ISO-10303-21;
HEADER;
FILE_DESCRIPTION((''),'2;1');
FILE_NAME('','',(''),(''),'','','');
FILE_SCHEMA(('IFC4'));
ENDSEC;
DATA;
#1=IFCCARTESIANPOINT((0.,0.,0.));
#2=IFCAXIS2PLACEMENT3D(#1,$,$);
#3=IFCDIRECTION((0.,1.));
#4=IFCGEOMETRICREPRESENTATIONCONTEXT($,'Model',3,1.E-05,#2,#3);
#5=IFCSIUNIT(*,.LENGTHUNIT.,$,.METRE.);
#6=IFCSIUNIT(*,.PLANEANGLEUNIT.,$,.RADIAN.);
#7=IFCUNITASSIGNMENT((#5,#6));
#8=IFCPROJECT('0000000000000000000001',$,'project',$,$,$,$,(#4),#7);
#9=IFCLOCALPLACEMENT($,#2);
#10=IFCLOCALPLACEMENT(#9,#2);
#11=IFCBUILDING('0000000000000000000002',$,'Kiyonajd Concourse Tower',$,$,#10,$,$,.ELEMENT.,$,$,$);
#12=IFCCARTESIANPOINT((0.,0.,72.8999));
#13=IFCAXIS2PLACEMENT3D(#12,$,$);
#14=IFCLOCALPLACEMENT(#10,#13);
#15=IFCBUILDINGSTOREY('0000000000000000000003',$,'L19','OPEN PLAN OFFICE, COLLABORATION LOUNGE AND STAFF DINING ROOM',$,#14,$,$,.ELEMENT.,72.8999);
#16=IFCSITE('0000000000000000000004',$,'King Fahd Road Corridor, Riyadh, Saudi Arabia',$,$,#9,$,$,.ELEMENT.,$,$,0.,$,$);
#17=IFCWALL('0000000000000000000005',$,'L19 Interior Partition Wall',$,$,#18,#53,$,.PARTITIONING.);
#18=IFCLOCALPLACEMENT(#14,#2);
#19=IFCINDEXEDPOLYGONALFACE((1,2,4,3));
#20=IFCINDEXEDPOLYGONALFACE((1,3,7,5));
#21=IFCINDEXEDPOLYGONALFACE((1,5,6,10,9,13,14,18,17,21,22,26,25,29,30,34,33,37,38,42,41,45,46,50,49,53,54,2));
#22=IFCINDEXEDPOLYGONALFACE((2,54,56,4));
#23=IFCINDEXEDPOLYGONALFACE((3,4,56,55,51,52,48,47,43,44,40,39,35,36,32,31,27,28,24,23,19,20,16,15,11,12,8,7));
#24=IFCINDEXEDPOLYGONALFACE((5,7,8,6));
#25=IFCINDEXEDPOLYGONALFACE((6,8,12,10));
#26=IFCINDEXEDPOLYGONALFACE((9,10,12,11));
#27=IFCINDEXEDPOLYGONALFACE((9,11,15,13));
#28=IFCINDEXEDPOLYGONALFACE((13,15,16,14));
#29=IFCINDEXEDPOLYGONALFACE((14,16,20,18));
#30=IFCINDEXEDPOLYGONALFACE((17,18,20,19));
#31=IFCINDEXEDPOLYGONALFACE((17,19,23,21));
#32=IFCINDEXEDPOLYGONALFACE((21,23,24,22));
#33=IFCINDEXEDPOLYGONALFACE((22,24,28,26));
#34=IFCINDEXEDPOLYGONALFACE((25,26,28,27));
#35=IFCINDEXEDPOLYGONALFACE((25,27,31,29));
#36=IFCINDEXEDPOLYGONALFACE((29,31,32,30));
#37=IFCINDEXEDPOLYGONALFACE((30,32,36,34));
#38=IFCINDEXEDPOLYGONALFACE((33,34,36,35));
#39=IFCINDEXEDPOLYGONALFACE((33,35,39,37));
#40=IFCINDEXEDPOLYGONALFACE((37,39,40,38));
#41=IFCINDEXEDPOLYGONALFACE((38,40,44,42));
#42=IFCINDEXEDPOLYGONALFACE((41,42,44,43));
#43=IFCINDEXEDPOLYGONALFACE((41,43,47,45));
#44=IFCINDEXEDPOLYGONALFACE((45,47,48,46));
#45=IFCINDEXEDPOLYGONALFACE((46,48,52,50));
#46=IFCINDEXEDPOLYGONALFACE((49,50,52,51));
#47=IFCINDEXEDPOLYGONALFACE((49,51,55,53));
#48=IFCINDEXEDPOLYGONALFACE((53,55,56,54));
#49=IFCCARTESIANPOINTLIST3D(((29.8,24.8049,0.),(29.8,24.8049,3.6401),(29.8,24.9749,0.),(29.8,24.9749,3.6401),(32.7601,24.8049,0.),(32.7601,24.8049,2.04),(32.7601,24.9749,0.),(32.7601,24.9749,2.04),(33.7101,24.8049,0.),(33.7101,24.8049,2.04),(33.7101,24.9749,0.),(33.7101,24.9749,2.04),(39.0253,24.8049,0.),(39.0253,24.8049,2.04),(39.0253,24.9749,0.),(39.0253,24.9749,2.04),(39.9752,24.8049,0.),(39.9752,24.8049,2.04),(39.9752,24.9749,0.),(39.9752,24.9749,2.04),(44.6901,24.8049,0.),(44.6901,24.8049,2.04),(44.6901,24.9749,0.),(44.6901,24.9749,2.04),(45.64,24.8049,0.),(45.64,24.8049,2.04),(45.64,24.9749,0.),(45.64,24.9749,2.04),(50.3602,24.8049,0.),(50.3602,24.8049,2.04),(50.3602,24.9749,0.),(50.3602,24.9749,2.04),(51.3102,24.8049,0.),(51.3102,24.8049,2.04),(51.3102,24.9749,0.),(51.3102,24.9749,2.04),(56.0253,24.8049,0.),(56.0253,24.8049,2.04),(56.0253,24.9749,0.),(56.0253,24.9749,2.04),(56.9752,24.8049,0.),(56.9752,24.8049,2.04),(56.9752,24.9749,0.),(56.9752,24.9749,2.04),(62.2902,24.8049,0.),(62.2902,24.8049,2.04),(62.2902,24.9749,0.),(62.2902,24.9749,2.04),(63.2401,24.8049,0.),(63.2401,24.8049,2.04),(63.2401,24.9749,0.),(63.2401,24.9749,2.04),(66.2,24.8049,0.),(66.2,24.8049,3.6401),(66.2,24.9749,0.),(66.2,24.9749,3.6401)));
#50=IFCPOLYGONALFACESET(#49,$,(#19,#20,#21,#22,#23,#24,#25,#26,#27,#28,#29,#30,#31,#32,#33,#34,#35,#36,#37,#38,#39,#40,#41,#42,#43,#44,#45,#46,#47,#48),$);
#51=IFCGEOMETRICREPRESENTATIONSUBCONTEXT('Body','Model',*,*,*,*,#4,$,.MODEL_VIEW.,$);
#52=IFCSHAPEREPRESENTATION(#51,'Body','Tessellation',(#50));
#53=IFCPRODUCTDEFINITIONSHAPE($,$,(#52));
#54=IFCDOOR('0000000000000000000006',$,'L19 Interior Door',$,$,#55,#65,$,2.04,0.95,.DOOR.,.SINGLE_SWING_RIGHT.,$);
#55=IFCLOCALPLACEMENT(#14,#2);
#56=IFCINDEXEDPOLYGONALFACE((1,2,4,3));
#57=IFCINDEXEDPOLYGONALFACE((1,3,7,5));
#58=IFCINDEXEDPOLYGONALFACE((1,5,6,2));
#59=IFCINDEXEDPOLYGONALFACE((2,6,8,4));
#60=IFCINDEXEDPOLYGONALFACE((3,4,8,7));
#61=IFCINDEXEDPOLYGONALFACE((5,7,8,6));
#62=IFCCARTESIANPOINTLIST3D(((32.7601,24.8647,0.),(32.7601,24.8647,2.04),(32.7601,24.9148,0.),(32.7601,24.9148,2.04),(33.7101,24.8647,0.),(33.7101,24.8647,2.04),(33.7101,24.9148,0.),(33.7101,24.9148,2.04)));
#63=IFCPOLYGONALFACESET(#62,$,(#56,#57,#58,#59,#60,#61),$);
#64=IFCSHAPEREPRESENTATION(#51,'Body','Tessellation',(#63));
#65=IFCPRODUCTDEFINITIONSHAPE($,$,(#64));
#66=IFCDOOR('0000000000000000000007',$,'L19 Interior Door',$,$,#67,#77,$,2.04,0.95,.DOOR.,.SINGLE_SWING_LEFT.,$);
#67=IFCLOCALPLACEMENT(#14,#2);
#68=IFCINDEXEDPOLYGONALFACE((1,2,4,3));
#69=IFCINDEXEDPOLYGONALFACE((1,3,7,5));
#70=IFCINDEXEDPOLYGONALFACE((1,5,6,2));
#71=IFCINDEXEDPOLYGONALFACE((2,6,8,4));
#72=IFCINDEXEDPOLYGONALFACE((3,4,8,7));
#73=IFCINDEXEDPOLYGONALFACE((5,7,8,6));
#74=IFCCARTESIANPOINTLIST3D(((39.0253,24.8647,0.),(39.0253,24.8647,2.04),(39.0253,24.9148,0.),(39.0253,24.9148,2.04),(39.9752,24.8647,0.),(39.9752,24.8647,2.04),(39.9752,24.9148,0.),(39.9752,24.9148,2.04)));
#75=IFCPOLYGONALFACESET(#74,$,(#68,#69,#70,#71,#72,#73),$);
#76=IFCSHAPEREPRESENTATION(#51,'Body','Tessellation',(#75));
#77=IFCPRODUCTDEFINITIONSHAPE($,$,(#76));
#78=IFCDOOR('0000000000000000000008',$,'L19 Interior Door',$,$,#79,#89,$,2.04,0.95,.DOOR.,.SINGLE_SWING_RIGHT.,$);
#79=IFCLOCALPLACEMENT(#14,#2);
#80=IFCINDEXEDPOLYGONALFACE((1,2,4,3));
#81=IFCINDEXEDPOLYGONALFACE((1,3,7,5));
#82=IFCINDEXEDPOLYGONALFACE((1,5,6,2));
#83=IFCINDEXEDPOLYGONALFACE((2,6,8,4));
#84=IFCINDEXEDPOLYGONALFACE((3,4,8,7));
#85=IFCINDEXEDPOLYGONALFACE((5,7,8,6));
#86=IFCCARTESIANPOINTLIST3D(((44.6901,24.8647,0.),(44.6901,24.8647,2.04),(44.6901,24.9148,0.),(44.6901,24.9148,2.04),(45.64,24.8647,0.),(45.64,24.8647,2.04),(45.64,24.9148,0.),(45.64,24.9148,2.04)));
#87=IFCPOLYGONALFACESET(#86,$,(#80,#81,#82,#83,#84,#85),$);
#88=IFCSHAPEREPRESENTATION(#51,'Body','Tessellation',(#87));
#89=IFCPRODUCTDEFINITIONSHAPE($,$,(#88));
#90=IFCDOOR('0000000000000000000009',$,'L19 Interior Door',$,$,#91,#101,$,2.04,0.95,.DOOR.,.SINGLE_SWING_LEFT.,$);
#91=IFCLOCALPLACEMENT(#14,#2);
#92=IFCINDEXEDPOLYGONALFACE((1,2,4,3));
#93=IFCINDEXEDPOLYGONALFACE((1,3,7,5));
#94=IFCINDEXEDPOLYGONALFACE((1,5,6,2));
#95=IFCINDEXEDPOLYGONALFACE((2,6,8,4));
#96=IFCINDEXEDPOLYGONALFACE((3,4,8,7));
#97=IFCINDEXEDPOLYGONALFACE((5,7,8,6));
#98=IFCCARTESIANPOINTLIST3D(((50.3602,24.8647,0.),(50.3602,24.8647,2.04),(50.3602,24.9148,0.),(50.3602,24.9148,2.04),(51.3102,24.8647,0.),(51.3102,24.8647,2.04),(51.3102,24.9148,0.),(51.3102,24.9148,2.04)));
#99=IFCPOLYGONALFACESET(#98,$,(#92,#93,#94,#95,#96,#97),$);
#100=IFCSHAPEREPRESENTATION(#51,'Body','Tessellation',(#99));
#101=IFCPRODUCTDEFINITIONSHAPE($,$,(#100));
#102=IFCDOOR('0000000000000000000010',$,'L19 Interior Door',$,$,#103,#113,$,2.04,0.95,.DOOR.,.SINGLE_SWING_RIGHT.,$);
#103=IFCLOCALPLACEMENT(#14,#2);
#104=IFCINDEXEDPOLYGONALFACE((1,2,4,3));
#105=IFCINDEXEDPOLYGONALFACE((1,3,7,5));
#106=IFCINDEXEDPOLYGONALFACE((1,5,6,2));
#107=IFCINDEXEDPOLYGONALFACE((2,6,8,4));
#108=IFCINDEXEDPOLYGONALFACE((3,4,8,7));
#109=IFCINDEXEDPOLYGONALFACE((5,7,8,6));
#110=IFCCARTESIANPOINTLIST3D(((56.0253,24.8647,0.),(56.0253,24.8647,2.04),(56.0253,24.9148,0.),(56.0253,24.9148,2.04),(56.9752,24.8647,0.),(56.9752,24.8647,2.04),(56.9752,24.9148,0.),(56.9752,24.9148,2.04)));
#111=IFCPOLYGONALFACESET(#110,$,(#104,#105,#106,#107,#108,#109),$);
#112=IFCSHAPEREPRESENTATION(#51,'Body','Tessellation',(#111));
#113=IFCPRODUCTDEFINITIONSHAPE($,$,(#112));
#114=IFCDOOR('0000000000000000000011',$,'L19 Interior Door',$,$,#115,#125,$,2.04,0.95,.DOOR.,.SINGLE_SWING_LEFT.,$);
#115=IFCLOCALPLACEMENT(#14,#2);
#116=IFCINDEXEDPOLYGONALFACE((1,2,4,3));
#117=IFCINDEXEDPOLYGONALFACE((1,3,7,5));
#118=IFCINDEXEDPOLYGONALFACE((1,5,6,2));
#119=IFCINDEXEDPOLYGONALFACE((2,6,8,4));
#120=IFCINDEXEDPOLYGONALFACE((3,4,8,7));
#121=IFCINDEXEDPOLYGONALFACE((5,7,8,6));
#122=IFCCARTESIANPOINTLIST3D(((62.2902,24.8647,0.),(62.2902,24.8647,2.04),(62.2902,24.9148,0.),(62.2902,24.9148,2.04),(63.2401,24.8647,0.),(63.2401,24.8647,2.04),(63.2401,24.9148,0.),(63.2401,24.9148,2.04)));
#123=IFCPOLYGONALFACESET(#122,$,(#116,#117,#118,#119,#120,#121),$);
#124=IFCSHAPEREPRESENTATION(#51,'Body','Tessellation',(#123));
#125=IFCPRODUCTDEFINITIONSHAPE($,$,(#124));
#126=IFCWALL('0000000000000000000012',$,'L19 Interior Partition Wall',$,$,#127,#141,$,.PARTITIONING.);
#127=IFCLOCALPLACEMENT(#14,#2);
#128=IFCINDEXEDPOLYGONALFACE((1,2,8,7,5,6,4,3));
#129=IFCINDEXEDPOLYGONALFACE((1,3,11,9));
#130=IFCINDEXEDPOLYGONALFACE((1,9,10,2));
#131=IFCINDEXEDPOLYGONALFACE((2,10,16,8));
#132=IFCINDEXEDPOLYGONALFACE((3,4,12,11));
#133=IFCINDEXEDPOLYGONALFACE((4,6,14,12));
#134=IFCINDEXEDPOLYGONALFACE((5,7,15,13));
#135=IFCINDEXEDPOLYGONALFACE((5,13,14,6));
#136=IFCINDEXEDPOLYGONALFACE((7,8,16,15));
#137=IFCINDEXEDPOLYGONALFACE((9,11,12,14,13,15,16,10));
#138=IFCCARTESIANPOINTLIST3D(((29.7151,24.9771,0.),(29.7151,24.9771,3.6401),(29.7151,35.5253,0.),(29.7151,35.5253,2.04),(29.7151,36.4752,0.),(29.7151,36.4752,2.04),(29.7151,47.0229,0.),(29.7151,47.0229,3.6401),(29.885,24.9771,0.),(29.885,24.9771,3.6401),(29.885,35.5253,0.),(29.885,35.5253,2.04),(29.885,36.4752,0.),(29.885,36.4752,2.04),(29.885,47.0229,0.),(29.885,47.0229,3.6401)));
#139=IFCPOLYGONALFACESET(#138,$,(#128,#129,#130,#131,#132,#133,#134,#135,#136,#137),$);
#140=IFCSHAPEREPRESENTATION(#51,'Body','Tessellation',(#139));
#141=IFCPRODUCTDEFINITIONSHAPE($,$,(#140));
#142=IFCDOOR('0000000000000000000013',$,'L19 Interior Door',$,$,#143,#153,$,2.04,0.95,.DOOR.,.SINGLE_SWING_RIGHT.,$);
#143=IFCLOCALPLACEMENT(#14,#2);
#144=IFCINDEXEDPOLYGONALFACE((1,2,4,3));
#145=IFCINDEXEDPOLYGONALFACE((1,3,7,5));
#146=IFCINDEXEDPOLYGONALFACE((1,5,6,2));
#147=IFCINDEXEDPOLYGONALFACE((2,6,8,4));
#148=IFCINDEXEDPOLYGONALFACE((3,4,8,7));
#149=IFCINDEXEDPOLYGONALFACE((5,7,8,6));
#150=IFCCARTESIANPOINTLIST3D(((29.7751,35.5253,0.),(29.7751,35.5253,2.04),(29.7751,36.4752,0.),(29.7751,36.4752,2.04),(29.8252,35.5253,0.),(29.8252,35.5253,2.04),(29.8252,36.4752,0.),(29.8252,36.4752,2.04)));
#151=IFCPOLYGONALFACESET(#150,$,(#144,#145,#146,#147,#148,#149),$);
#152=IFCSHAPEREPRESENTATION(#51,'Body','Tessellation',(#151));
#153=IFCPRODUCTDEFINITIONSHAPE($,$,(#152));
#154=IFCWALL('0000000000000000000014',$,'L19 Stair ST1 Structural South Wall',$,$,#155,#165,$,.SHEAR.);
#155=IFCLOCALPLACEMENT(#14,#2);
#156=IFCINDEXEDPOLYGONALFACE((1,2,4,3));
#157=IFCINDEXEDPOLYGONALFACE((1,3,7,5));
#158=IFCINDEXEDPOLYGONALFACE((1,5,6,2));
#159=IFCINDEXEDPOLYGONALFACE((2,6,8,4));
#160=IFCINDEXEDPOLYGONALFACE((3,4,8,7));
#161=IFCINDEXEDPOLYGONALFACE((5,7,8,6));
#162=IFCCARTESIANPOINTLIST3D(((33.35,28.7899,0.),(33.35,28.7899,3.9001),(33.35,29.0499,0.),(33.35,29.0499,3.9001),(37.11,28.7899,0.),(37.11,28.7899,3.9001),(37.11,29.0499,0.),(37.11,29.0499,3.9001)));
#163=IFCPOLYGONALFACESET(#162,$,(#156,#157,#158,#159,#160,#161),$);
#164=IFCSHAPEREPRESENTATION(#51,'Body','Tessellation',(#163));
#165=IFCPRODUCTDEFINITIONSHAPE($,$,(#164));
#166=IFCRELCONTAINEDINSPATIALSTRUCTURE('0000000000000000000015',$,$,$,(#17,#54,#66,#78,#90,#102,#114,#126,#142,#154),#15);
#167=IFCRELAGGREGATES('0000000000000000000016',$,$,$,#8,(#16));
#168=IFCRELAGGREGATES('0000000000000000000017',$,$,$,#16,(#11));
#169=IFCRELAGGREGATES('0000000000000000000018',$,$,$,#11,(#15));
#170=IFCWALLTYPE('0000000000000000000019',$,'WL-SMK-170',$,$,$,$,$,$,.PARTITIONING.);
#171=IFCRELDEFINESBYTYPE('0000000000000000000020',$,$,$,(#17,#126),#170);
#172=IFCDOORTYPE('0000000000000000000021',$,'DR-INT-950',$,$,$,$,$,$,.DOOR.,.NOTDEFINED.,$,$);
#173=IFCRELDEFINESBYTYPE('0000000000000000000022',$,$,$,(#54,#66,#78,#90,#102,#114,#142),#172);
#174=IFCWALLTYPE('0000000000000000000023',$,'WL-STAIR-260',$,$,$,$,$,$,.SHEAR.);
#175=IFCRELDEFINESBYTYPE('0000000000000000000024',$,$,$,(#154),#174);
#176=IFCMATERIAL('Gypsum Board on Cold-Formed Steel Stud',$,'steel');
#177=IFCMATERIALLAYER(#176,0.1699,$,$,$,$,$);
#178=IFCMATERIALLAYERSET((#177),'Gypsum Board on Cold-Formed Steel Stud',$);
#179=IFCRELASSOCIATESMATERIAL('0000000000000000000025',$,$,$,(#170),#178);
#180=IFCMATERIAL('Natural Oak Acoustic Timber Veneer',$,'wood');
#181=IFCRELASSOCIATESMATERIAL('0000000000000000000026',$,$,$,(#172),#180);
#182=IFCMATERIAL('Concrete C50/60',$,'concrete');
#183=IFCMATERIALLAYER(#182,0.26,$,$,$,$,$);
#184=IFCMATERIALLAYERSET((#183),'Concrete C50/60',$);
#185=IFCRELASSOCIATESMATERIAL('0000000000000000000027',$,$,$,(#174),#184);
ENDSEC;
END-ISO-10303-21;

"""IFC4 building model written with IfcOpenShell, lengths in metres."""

from ifc_helpers import new_model, si_unit, direction, frame, frame_2d, origin, place, context, subcontext, project, spatial, rectangle, extrude, material, layer, layer_set, type_object, element, fill, save


model = new_model("IFC4")

# Units and contexts
model_context = context("Model", 3, precision=1e-05, world=origin(), true_north=direction((0.0, 1.0)))
body_context = subcontext(model_context, "Body", "Model", "MODEL_VIEW")
ifc_project = project(units=[si_unit("LENGTHUNIT", "METRE"), si_unit("PLANEANGLEUNIT", "RADIAN")], contexts=[model_context])

# Site, building, storey
site_placement = place(None, origin())
site = spatial("IfcSite", under=ifc_project, at=site_placement, Name="King Fahd Road Corridor, Riyadh, Saudi Arabia", CompositionType="ELEMENT", RefElevation=0.0)
building_placement = place(site_placement, origin())
building = spatial("IfcBuilding", under=site, at=building_placement, Name="Kiyonajd Concourse Tower", CompositionType="ELEMENT")
storey_placement = place(building_placement, frame((0.0, 0.0, 72.8999)))
storey = spatial("IfcBuildingStorey", under=building, at=storey_placement, Name="L19", Description="OPEN PLAN OFFICE, COLLABORATION LOUNGE AND STAFF DINING ROOM", CompositionType="ELEMENT", Elevation=72.8999)

# Shared definitions
ifc_material_1 = material(Name="Concrete C50/60", Category="concrete")

# Wall, openings, doors
ifc_material_2 = material(Name="Gypsum Board on Cold-Formed Steel Stud", Category="steel")
ifc_layer_1 = layer(ifc_material_2, 0.1699)
ifc_layer_set_1 = layer_set([ifc_layer_1], Name="Gypsum Board on Cold-Formed Steel Stud")
wall_type_1 = type_object("IfcWallType", Name="WL-SMK-170", PredefinedType="PARTITIONING", material=ifc_layer_set_1)
wall_1_placement = place(storey_placement, frame((29.8, 24.8899, 0.0), z_axis=(0.0, 0.0, 1.0), x_axis=(1.0, 0.0, 0.0)))
wall_1 = element("IfcWall", 1, at=wall_1_placement, inside=storey, type_object=wall_type_1, Name="L19 Interior Partition Wall", PredefinedType="PARTITIONING", context=body_context, shape_type="SweptSolid", body=[
    extrude(rectangle(XDim=36.3999, YDim=0.1699, at=frame_2d((18.2, 0.0))), origin(), (0.0, 0.0, 1.0), 3.6401),
])
opening_1_placement = place(wall_1_placement, frame((2.96, 0.0, 0.0)))
opening_1 = element("IfcOpeningElement", 2, at=opening_1_placement, cuts=wall_1, PredefinedType="OPENING", context=body_context, shape_type="SweptSolid", body=[
    extrude(rectangle(XDim=0.95, YDim=2.04, at=frame_2d((0.4751, 1.02))), frame((0.0, 0.095, 0.0), z_axis=(0.0, -1.0, 0.0), x_axis=(1.0, 0.0, 0.0)), (0.0, 0.0, 1.0), 0.1899),
])
opening_2_placement = place(wall_1_placement, frame((9.2251, 0.0, 0.0)))
opening_2 = element("IfcOpeningElement", 3, at=opening_2_placement, cuts=wall_1, PredefinedType="OPENING", context=body_context, shape_type="SweptSolid", body=[
    extrude(rectangle(XDim=0.95, YDim=2.04, at=frame_2d((0.4751, 1.02))), frame((0.0, 0.095, 0.0), z_axis=(0.0, -1.0, 0.0), x_axis=(1.0, 0.0, 0.0)), (0.0, 0.0, 1.0), 0.1899),
])
opening_3_placement = place(wall_1_placement, frame((14.8899, 0.0, 0.0)))
opening_3 = element("IfcOpeningElement", 4, at=opening_3_placement, cuts=wall_1, PredefinedType="OPENING", context=body_context, shape_type="SweptSolid", body=[
    extrude(rectangle(XDim=0.95, YDim=2.04, at=frame_2d((0.4751, 1.02))), frame((0.0, 0.095, 0.0), z_axis=(0.0, -1.0, 0.0), x_axis=(1.0, 0.0, 0.0)), (0.0, 0.0, 1.0), 0.1899),
])
opening_4_placement = place(wall_1_placement, frame((20.5601, 0.0, 0.0)))
opening_4 = element("IfcOpeningElement", 5, at=opening_4_placement, cuts=wall_1, PredefinedType="OPENING", context=body_context, shape_type="SweptSolid", body=[
    extrude(rectangle(XDim=0.95, YDim=2.04, at=frame_2d((0.4751, 1.02))), frame((0.0, 0.095, 0.0), z_axis=(0.0, -1.0, 0.0), x_axis=(1.0, 0.0, 0.0)), (0.0, 0.0, 1.0), 0.1899),
])
opening_5_placement = place(wall_1_placement, frame((26.2251, 0.0, 0.0)))
opening_5 = element("IfcOpeningElement", 6, at=opening_5_placement, cuts=wall_1, PredefinedType="OPENING", context=body_context, shape_type="SweptSolid", body=[
    extrude(rectangle(XDim=0.95, YDim=2.04, at=frame_2d((0.4751, 1.02))), frame((0.0, 0.095, 0.0), z_axis=(0.0, -1.0, 0.0), x_axis=(1.0, 0.0, 0.0)), (0.0, 0.0, 1.0), 0.1899),
])
opening_6_placement = place(wall_1_placement, frame((32.49, 0.0, 0.0)))
opening_6 = element("IfcOpeningElement", 7, at=opening_6_placement, cuts=wall_1, PredefinedType="OPENING", context=body_context, shape_type="SweptSolid", body=[
    extrude(rectangle(XDim=0.95, YDim=2.04, at=frame_2d((0.4751, 1.02))), frame((0.0, 0.095, 0.0), z_axis=(0.0, -1.0, 0.0), x_axis=(1.0, 0.0, 0.0)), (0.0, 0.0, 1.0), 0.1899),
])
ifc_material_3 = material(Name="Natural Oak Acoustic Timber Veneer", Category="wood")
door_type_1 = type_object("IfcDoorType", Name="DR-INT-950", OperationType="NOTDEFINED", PredefinedType="DOOR", material=ifc_material_3)
door_1_placement = place(opening_1_placement, origin())
door_1 = element("IfcDoor", 8, at=door_1_placement, inside=storey, type_object=door_type_1, Name="L19 Interior Door", OperationType="SINGLE_SWING_RIGHT", OverallHeight=2.04, OverallWidth=0.95, PredefinedType="DOOR", context=body_context, shape_type="SweptSolid", body=[
    extrude(rectangle(XDim=0.95, YDim=2.04, at=frame_2d((0.4751, 1.02))), frame((0.0, 0.0249, 0.0), z_axis=(0.0, -1.0, 0.0), x_axis=(1.0, 0.0, 0.0)), (0.0, 0.0, 1.0), 0.05),
])
fill(opening_1, door_1)
door_2_placement = place(opening_2_placement, origin())
door_2 = element("IfcDoor", 9, at=door_2_placement, inside=storey, type_object=door_type_1, Name="L19 Interior Door", OperationType="SINGLE_SWING_LEFT", OverallHeight=2.04, OverallWidth=0.95, PredefinedType="DOOR", context=body_context, shape_type="SweptSolid", body=[
    extrude(rectangle(XDim=0.95, YDim=2.04, at=frame_2d((0.4751, 1.02))), frame((0.0, 0.0249, 0.0), z_axis=(0.0, -1.0, 0.0), x_axis=(1.0, 0.0, 0.0)), (0.0, 0.0, 1.0), 0.05),
])
fill(opening_2, door_2)
door_3_placement = place(opening_3_placement, origin())
door_3 = element("IfcDoor", 10, at=door_3_placement, inside=storey, type_object=door_type_1, Name="L19 Interior Door", OperationType="SINGLE_SWING_RIGHT", OverallHeight=2.04, OverallWidth=0.95, PredefinedType="DOOR", context=body_context, shape_type="SweptSolid", body=[
    extrude(rectangle(XDim=0.95, YDim=2.04, at=frame_2d((0.4751, 1.02))), frame((0.0, 0.0249, 0.0), z_axis=(0.0, -1.0, 0.0), x_axis=(1.0, 0.0, 0.0)), (0.0, 0.0, 1.0), 0.05),
])
fill(opening_3, door_3)
door_4_placement = place(opening_4_placement, origin())
door_4 = element("IfcDoor", 11, at=door_4_placement, inside=storey, type_object=door_type_1, Name="L19 Interior Door", OperationType="SINGLE_SWING_LEFT", OverallHeight=2.04, OverallWidth=0.95, PredefinedType="DOOR", context=body_context, shape_type="SweptSolid", body=[
    extrude(rectangle(XDim=0.95, YDim=2.04, at=frame_2d((0.4751, 1.02))), frame((0.0, 0.0249, 0.0), z_axis=(0.0, -1.0, 0.0), x_axis=(1.0, 0.0, 0.0)), (0.0, 0.0, 1.0), 0.05),
])
fill(opening_4, door_4)
door_5_placement = place(opening_5_placement, origin())
door_5 = element("IfcDoor", 12, at=door_5_placement, inside=storey, type_object=door_type_1, Name="L19 Interior Door", OperationType="SINGLE_SWING_RIGHT", OverallHeight=2.04, OverallWidth=0.95, PredefinedType="DOOR", context=body_context, shape_type="SweptSolid", body=[
    extrude(rectangle(XDim=0.95, YDim=2.04, at=frame_2d((0.4751, 1.02))), frame((0.0, 0.0249, 0.0), z_axis=(0.0, -1.0, 0.0), x_axis=(1.0, 0.0, 0.0)), (0.0, 0.0, 1.0), 0.05),
])
fill(opening_5, door_5)
door_6_placement = place(opening_6_placement, origin())
door_6 = element("IfcDoor", 13, at=door_6_placement, inside=storey, type_object=door_type_1, Name="L19 Interior Door", OperationType="SINGLE_SWING_LEFT", OverallHeight=2.04, OverallWidth=0.95, PredefinedType="DOOR", context=body_context, shape_type="SweptSolid", body=[
    extrude(rectangle(XDim=0.95, YDim=2.04, at=frame_2d((0.4751, 1.02))), frame((0.0, 0.0249, 0.0), z_axis=(0.0, -1.0, 0.0), x_axis=(1.0, 0.0, 0.0)), (0.0, 0.0, 1.0), 0.05),
])
fill(opening_6, door_6)

# Wall, opening, door
wall_2_placement = place(storey_placement, frame((29.8, 24.9771, 0.0), z_axis=(0.0, 0.0, 1.0), x_axis=(0.0, 1.0, 0.0)))
wall_2 = element("IfcWall", 14, at=wall_2_placement, inside=storey, type_object=wall_type_1, Name="L19 Interior Partition Wall", PredefinedType="PARTITIONING", context=body_context, shape_type="SweptSolid", body=[
    extrude(rectangle(XDim=22.0459, YDim=0.1699, at=frame_2d((11.0229, 0.0))), origin(), (0.0, 0.0, 1.0), 3.6401),
])
opening_7_placement = place(wall_2_placement, frame((10.5481, 0.0, 0.0)))
opening_7 = element("IfcOpeningElement", 15, at=opening_7_placement, cuts=wall_2, PredefinedType="OPENING", context=body_context, shape_type="SweptSolid", body=[
    extrude(rectangle(XDim=0.95, YDim=2.04, at=frame_2d((0.4751, 1.02))), frame((0.0, 0.095, 0.0), z_axis=(0.0, -1.0, 0.0), x_axis=(1.0, 0.0, 0.0)), (0.0, 0.0, 1.0), 0.1899),
])
door_7_placement = place(opening_7_placement, origin())
door_7 = element("IfcDoor", 16, at=door_7_placement, inside=storey, type_object=door_type_1, Name="L19 Interior Door", OperationType="SINGLE_SWING_RIGHT", OverallHeight=2.04, OverallWidth=0.95, PredefinedType="DOOR", context=body_context, shape_type="SweptSolid", body=[
    extrude(rectangle(XDim=0.95, YDim=2.04, at=frame_2d((0.4751, 1.02))), frame((0.0, 0.0249, 0.0), z_axis=(0.0, -1.0, 0.0), x_axis=(1.0, 0.0, 0.0)), (0.0, 0.0, 1.0), 0.05),
])
fill(opening_7, door_7)

# Wall
ifc_layer_2 = layer(ifc_material_1, 0.26)
ifc_layer_set_2 = layer_set([ifc_layer_2], Name="Concrete C50/60")
wall_type_2 = type_object("IfcWallType", Name="WL-STAIR-260", PredefinedType="SHEAR", material=ifc_layer_set_2)
wall_3_placement = place(storey_placement, frame((33.3501, 28.9199, 0.0), z_axis=(0.0, 0.0, 1.0), x_axis=(1.0, 0.0, 0.0)))
element("IfcWall", 17, at=wall_3_placement, inside=storey, type_object=wall_type_2, Name="L19 Stair ST1 Structural South Wall", PredefinedType="SHEAR", context=body_context, shape_type="SweptSolid", body=[
    extrude(rectangle(XDim=3.76, YDim=0.26, at=frame_2d((1.8799, 0.0))), origin(), (0.0, 0.0, 1.0), 3.9001),
])

save(model, "model.ifc")
